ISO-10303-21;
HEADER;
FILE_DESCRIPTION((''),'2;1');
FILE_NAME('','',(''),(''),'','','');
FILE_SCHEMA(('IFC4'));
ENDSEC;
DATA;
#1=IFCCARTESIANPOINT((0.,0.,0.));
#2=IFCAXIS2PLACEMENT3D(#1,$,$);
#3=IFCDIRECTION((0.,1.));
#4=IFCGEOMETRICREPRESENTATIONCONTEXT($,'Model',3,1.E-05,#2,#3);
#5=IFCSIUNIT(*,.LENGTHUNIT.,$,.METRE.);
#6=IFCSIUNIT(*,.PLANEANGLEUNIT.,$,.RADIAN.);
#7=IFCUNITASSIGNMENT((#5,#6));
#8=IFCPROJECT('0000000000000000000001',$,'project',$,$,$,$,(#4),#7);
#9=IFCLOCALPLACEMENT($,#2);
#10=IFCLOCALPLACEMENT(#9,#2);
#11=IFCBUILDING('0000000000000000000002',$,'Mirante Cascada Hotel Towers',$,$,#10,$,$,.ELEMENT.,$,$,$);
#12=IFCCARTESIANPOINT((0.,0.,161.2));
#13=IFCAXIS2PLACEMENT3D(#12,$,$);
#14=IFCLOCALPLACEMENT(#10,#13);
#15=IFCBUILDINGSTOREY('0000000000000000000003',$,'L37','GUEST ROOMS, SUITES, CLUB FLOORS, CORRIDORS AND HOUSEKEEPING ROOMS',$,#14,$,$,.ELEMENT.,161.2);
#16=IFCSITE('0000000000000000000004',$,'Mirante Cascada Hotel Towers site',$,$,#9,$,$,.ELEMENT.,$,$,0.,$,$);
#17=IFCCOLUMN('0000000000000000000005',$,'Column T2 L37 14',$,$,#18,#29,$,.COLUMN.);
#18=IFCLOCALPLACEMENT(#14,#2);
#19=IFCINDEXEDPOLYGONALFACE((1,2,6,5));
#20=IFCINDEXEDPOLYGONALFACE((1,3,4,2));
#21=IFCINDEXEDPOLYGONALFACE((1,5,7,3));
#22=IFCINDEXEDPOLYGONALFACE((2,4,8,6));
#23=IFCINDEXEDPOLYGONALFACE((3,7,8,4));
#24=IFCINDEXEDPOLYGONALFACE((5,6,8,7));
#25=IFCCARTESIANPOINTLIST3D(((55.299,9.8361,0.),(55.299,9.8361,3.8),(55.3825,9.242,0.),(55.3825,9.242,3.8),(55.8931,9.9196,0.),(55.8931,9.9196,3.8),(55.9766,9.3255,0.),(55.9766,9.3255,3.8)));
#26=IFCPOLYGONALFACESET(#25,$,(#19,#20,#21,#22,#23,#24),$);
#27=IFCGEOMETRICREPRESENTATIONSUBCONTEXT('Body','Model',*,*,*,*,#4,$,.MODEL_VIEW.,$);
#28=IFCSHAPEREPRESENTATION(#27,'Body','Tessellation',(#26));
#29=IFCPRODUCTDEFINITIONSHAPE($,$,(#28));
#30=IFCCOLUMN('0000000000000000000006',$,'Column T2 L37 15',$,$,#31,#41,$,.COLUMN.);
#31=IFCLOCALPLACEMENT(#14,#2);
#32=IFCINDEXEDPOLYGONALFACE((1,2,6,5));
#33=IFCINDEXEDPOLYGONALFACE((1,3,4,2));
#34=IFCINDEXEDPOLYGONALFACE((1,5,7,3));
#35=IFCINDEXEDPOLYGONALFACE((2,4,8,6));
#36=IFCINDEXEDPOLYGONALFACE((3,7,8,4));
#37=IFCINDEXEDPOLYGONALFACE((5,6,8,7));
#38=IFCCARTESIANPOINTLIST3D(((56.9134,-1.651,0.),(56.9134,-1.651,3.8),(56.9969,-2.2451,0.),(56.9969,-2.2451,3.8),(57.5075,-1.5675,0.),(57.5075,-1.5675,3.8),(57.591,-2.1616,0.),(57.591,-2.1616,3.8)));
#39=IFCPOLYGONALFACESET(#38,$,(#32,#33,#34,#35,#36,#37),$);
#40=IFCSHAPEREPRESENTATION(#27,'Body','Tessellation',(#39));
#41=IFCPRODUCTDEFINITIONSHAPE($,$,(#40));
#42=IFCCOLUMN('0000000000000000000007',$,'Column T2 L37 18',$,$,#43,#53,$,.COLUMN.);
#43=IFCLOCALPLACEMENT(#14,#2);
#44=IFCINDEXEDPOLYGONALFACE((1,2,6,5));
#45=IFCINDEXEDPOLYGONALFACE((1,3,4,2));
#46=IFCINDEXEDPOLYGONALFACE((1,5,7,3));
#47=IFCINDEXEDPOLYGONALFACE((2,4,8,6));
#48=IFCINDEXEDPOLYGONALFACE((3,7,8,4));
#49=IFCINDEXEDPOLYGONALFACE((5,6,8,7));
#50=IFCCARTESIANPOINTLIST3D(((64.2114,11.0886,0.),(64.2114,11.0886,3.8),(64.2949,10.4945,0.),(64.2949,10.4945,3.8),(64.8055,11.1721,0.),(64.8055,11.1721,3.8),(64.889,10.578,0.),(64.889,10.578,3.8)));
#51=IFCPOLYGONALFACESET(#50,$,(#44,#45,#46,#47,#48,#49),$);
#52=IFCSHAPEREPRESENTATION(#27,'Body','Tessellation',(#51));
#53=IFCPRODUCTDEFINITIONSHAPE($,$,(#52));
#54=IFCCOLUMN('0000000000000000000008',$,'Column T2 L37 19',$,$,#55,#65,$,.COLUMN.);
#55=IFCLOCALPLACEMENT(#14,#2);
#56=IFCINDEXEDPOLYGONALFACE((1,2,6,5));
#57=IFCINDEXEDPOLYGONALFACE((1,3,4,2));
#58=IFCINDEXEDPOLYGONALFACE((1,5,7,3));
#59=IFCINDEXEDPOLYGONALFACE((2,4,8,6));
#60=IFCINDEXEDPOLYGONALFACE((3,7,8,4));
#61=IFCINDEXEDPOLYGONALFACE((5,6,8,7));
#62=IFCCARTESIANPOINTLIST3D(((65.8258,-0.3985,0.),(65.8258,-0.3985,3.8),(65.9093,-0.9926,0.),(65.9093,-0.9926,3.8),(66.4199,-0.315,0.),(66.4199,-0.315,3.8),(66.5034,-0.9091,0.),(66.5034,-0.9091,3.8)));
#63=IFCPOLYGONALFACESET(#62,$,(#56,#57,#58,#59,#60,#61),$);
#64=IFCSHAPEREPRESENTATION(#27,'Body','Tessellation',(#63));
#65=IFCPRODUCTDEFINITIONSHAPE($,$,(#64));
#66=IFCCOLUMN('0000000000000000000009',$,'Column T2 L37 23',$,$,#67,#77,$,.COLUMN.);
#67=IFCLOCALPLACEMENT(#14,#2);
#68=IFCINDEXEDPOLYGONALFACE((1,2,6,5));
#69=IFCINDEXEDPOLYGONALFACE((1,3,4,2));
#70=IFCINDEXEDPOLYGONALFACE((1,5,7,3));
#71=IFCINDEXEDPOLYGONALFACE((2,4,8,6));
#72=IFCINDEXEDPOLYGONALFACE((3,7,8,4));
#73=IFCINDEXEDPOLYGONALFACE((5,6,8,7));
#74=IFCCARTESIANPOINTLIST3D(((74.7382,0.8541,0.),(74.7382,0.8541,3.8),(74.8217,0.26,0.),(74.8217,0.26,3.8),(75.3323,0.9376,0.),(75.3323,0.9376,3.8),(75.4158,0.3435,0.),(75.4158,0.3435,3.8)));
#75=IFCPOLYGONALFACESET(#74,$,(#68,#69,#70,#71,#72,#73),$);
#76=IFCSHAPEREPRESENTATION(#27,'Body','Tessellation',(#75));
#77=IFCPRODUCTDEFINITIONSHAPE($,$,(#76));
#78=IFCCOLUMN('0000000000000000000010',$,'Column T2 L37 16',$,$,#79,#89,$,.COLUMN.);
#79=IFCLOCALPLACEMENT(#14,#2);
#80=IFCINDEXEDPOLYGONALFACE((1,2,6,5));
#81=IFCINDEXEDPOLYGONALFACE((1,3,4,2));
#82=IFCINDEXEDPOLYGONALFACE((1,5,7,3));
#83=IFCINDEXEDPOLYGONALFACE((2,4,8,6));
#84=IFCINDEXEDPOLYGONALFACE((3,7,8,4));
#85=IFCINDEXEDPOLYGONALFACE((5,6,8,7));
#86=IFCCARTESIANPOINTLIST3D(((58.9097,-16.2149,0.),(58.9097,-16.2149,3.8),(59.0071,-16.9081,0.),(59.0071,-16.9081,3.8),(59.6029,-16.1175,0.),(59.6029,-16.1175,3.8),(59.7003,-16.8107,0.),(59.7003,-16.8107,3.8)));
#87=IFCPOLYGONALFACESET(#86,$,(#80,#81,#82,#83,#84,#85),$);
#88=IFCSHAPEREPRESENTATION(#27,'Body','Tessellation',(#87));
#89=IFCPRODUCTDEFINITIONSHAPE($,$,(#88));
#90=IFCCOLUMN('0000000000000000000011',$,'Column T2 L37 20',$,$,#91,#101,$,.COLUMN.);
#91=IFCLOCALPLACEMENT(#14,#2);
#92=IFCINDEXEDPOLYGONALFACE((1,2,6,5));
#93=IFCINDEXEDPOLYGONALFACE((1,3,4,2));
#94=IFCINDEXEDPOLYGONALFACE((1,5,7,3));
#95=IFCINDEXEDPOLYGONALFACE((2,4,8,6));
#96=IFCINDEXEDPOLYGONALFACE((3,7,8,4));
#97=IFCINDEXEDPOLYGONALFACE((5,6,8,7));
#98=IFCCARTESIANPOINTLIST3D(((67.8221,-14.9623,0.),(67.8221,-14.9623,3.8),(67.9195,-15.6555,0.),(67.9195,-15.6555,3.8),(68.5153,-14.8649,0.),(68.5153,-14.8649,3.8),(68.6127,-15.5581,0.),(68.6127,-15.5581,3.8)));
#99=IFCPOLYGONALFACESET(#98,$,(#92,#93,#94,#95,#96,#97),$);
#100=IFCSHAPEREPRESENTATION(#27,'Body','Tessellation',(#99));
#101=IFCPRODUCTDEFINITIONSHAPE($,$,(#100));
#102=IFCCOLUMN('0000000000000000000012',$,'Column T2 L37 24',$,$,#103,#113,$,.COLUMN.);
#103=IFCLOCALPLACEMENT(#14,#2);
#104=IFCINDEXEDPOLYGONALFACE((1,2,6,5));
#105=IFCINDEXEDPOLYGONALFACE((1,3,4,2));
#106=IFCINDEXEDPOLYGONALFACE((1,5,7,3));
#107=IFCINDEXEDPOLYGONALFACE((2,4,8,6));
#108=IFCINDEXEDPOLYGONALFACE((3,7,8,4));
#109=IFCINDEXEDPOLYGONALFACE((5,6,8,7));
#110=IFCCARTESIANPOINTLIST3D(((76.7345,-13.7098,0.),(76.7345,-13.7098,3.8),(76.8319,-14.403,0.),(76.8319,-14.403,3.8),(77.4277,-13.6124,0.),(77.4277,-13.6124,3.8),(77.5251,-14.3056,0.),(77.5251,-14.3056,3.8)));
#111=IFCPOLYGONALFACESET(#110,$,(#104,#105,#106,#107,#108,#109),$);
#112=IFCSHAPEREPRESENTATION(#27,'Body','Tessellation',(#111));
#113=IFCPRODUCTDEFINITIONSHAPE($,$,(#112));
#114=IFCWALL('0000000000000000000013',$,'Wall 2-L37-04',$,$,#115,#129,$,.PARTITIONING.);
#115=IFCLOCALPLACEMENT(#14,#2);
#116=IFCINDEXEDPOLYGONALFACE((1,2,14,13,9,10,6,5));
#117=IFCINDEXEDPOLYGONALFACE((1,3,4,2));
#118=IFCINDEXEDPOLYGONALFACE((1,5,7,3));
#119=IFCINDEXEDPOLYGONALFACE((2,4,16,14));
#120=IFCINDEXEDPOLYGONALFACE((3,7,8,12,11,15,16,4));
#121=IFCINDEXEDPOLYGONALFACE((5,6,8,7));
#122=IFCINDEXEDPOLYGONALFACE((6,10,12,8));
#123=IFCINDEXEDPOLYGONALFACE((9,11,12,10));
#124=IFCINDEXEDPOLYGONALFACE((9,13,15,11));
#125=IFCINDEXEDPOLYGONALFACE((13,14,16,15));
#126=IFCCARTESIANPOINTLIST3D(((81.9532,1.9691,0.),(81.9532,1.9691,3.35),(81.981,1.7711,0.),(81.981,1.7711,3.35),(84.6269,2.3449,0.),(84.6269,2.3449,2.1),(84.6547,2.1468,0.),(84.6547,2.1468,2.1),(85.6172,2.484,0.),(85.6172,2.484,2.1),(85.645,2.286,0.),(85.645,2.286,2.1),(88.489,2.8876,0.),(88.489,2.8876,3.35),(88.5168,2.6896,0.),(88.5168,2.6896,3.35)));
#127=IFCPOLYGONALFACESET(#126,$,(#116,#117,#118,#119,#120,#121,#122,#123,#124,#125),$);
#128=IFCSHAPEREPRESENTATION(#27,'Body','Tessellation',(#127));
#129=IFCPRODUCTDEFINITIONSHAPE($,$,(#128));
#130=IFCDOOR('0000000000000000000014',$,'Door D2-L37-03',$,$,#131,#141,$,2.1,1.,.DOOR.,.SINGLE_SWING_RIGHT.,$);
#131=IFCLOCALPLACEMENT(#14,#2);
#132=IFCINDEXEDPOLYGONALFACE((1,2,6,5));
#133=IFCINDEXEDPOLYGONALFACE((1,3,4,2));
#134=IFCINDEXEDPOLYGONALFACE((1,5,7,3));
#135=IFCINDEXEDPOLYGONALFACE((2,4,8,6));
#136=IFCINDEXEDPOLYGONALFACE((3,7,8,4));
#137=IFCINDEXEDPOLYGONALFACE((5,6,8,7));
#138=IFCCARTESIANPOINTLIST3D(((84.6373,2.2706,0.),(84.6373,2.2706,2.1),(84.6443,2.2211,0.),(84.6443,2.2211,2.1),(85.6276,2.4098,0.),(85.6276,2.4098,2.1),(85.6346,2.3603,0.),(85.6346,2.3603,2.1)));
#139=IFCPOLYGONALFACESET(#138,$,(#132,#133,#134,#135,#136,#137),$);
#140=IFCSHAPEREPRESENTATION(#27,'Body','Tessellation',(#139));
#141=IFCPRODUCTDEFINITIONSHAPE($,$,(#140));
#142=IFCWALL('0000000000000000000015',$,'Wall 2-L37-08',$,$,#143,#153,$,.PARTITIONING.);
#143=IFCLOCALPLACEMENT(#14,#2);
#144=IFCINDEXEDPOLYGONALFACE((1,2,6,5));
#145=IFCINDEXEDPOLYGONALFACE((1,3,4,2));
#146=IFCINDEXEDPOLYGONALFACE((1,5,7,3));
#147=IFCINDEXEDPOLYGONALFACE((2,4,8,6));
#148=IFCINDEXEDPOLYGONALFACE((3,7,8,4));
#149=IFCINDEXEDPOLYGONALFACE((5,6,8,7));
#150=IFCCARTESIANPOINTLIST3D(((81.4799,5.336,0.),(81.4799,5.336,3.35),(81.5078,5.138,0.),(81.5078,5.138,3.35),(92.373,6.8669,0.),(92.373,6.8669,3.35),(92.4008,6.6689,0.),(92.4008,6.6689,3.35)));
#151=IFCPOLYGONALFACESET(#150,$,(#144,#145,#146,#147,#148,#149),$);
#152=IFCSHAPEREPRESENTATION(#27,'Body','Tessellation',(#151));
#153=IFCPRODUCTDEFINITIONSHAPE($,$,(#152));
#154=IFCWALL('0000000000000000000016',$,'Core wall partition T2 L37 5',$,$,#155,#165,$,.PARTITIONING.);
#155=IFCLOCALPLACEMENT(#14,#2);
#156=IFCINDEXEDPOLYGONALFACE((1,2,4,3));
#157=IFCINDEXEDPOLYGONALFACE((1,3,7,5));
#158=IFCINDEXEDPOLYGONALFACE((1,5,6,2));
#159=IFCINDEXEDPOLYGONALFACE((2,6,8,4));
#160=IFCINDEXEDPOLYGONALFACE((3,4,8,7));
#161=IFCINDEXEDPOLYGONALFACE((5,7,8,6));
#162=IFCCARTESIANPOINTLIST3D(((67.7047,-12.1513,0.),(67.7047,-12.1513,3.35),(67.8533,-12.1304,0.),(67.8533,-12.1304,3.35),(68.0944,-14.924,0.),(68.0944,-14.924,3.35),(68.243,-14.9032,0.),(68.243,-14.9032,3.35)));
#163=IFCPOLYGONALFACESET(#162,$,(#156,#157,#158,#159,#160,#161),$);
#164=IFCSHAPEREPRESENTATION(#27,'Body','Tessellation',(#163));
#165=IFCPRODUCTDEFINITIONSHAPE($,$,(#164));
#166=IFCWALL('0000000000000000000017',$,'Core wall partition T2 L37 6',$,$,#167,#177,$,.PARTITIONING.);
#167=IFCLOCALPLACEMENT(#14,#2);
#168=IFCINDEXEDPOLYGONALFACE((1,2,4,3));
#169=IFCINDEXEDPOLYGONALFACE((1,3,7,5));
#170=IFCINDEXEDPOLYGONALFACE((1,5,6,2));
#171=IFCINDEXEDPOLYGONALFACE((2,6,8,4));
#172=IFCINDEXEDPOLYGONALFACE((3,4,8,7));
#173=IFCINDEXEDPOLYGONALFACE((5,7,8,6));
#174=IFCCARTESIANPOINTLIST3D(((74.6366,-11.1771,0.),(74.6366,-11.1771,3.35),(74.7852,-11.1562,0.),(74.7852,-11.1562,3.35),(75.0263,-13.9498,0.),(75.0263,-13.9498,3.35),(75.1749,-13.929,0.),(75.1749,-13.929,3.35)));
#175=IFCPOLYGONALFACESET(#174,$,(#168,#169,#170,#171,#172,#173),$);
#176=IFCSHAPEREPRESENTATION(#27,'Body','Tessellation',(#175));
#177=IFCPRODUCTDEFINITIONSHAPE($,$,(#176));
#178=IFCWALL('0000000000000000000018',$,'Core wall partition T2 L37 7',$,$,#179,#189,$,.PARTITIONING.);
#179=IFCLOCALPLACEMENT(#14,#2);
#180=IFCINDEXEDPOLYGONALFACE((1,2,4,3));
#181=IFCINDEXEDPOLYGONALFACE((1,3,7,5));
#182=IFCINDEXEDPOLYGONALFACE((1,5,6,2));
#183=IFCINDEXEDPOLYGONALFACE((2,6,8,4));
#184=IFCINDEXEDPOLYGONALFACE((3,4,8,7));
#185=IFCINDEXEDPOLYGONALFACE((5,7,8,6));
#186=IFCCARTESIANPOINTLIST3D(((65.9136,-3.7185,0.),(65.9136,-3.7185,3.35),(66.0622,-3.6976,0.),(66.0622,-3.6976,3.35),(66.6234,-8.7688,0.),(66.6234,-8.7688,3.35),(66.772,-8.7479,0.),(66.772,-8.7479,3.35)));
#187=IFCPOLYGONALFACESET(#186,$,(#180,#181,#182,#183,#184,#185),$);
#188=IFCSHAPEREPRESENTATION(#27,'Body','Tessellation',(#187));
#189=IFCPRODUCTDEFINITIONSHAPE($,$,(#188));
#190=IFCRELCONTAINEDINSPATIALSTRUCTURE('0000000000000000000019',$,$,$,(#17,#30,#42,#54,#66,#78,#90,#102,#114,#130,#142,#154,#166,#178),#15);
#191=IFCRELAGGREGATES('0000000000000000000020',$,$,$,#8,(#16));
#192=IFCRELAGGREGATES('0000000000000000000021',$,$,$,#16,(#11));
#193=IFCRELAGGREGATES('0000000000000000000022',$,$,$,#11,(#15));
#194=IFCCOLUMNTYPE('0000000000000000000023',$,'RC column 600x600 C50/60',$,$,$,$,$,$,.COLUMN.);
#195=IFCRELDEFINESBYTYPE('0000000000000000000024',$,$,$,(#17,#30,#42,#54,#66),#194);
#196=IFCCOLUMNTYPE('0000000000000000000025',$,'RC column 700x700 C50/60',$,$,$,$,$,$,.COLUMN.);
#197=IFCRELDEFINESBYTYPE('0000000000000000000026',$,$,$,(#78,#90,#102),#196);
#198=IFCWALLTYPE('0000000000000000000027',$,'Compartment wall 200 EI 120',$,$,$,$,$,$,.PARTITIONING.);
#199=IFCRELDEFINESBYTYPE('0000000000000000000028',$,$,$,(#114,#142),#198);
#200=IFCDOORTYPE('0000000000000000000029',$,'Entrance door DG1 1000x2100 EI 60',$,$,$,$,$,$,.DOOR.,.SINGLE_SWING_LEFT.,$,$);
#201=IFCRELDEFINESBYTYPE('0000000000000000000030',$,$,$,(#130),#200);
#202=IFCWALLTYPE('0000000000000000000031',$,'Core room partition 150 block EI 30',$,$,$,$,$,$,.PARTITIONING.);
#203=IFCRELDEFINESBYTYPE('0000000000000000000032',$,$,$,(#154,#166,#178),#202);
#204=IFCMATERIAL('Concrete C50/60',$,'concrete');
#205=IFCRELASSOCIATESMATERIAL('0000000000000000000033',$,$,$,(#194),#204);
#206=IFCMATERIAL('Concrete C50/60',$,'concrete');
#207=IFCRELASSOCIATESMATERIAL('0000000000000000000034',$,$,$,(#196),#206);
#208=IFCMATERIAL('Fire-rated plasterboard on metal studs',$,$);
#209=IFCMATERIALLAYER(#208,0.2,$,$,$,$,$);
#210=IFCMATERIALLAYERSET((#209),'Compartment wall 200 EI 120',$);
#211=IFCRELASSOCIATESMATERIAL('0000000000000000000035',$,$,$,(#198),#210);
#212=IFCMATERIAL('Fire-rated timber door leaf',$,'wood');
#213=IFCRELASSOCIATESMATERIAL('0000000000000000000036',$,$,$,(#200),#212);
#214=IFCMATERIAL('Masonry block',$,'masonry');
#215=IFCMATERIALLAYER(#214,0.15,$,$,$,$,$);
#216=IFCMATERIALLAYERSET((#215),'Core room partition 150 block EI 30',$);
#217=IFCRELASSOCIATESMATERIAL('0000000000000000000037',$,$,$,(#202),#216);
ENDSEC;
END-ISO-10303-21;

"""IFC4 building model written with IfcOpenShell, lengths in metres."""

from ifc_helpers import new_model, si_unit, direction, frame, frame_2d, origin, origin_2d, place, context, subcontext, project, spatial, rectangle, extrude, material, layer, layer_set, material_profile, profile_set, type_object, element, fill, save


model = new_model("IFC4")

# Units and contexts
model_context = context("Model", 3, precision=1e-05, world=origin(), true_north=direction((0.0, 1.0)))
body_context = subcontext(model_context, "Body", "Model", "MODEL_VIEW")
ifc_project = project(units=[si_unit("LENGTHUNIT", "METRE"), si_unit("PLANEANGLEUNIT", "RADIAN")], contexts=[model_context])

# Site, building, storey
site_placement = place(None, origin())
site = spatial("IfcSite", under=ifc_project, at=site_placement, Name="Mirante Cascada Hotel Towers site", CompositionType="ELEMENT", RefElevation=0.0)
building_placement = place(site_placement, origin())
building = spatial("IfcBuilding", under=site, at=building_placement, Name="Mirante Cascada Hotel Towers", CompositionType="ELEMENT")
storey_placement = place(building_placement, frame((0.0, 0.0, 161.2)))
storey = spatial("IfcBuildingStorey", under=building, at=storey_placement, Name="L37", Description="GUEST ROOMS, SUITES, CLUB FLOORS, CORRIDORS AND HOUSEKEEPING ROOMS", CompositionType="ELEMENT", Elevation=161.2)

# Columns
ifc_material_1 = material(Name="Concrete C50/60", Category="concrete")
ifc_material_profile_1 = material_profile(ifc_material_1, rectangle(XDim=0.6, YDim=0.6, at=origin_2d()), Name="RC column 600x600 C50/60")
ifc_profile_set_1 = profile_set([ifc_material_profile_1], Name="Concrete C50/60")
column_type_1 = type_object("IfcColumnType", Name="RC column 600x600 C50/60", PredefinedType="COLUMN", material=ifc_profile_set_1)
for number, where, z_axis, x_axis, name in (
    (1, (55.6378, 9.5808, 0.0), (0.0, 0.0, 1.0), (0.990268, 0.139173, 0.0), "Column T2 L37 14"),
    (2, (57.2522, -1.9063, 0.0), (0.0, 0.0, 1.0), (0.990268, 0.139173, 0.0), "Column T2 L37 15"),
    (3, (64.5502, 10.8333, 0.0), (0.0, 0.0, 1.0), (0.990268, 0.139173, 0.0), "Column T2 L37 18"),
    (4, (66.1646, -0.6538, 0.0), (0.0, 0.0, 1.0), (0.990268, 0.139173, 0.0), "Column T2 L37 19"),
    (5, (75.077, 0.5988, 0.0), (0.0, 0.0, 1.0), (0.990268, 0.139173, 0.0), "Column T2 L37 23"),
):
    element("IfcColumn", number, at=place(storey_placement, frame(where, z_axis=z_axis, x_axis=x_axis)), inside=storey, type_object=column_type_1, Name=name, PredefinedType="COLUMN", context=body_context, shape_type="SweptSolid", body=[
        extrude(rectangle(XDim=0.6, YDim=0.6, at=origin_2d()), origin(), (0.0, 0.0, 1.0), 3.8),
    ])
ifc_material_2 = material(Name="Concrete C50/60", Category="concrete")
ifc_material_profile_2 = material_profile(ifc_material_2, rectangle(XDim=0.7, YDim=0.7, at=origin_2d()), Name="RC column 700x700 C50/60")
ifc_profile_set_2 = profile_set([ifc_material_profile_2], Name="Concrete C50/60")
column_type_2 = type_object("IfcColumnType", Name="RC column 700x700 C50/60", PredefinedType="COLUMN", material=ifc_profile_set_2)
for number, where, z_axis, x_axis, name in (
    (6, (59.305, -16.5128, 0.0), (0.0, 0.0, 1.0), (0.990268, 0.139173, 0.0), "Column T2 L37 16"),
    (7, (68.2174, -15.2602, 0.0), (0.0, 0.0, 1.0), (0.990268, 0.139173, 0.0), "Column T2 L37 20"),
    (8, (77.1298, -14.0077, 0.0), (0.0, 0.0, 1.0), (0.990268, 0.139173, 0.0), "Column T2 L37 24"),
):
    element("IfcColumn", number, at=place(storey_placement, frame(where, z_axis=z_axis, x_axis=x_axis)), inside=storey, type_object=column_type_2, Name=name, PredefinedType="COLUMN", context=body_context, shape_type="SweptSolid", body=[
        extrude(rectangle(XDim=0.7, YDim=0.7, at=origin_2d()), origin(), (0.0, 0.0, 1.0), 3.8),
    ])

# Wall, opening, door
ifc_material_3 = material(Name="Fire-rated plasterboard on metal studs")
ifc_layer_1 = layer(ifc_material_3, 0.2)
ifc_layer_set_1 = layer_set([ifc_layer_1], Name="Compartment wall 200 EI 120")
wall_type_1 = type_object("IfcWallType", Name="Compartment wall 200 EI 120", PredefinedType="PARTITIONING", material=ifc_layer_set_1)
wall_1_placement = place(storey_placement, frame((81.9671, 1.8701, 0.0), z_axis=(0.0, 0.0, 1.0), x_axis=(0.990269, 0.139166, 0.0)))
wall_1 = element("IfcWall", 9, at=wall_1_placement, inside=storey, type_object=wall_type_1, Name="Wall 2-L37-04", PredefinedType="PARTITIONING", context=body_context, shape_type="SweptSolid", body=[
    extrude(rectangle(XDim=6.6, YDim=0.2, at=frame_2d((3.3, 0.0))), origin(), (0.0, 0.0, 1.0), 3.35),
])
opening_1_placement = place(wall_1_placement, frame((2.7, 0.0, 0.0)))
opening_1 = element("IfcOpeningElement", 10, at=opening_1_placement, cuts=wall_1, PredefinedType="OPENING", context=body_context, shape_type="SweptSolid", body=[
    extrude(rectangle(XDim=1.0, YDim=2.1, at=frame_2d((0.5, 1.05))), frame((0.0, 0.1, 0.0), z_axis=(0.0, -1.0, 0.0), x_axis=(1.0, 0.0, 0.0)), (0.0, 0.0, 1.0), 0.2),
])
ifc_material_4 = material(Name="Fire-rated timber door leaf", Category="wood")
door_type_1 = type_object("IfcDoorType", Name="Entrance door DG1 1000x2100 EI 60", OperationType="SINGLE_SWING_LEFT", PredefinedType="DOOR", material=ifc_material_4)
door_1_placement = place(opening_1_placement, frame((1.0, 0.0, 0.0), z_axis=(0.0, 0.0, 1.0), x_axis=(-1.0, 0.0, 0.0)))
door_1 = element("IfcDoor", 11, at=door_1_placement, inside=storey, type_object=door_type_1, Name="Door D2-L37-03", OperationType="SINGLE_SWING_RIGHT", OverallHeight=2.1, OverallWidth=1.0, PredefinedType="DOOR", context=body_context, shape_type="SweptSolid", body=[
    extrude(rectangle(XDim=1.0, YDim=2.1, at=frame_2d((0.5, 1.05))), frame((0.0, 0.025, 0.0), z_axis=(0.0, -1.0, 0.0), x_axis=(1.0, 0.0, 0.0)), (0.0, 0.0, 1.0), 0.05),
])
fill(opening_1, door_1)

# Walls
wall_2_placement = place(storey_placement, frame((81.4939, 5.237, 0.0), z_axis=(0.0, 0.0, 1.0), x_axis=(0.990268, 0.139172, 0.0)))
element("IfcWall", 12, at=wall_2_placement, inside=storey, type_object=wall_type_1, Name="Wall 2-L37-08", PredefinedType="PARTITIONING", context=body_context, shape_type="SweptSolid", body=[
    extrude(rectangle(XDim=11.0001, YDim=0.2, at=frame_2d((5.5, 0.0))), origin(), (0.0, 0.0, 1.0), 3.35),
])
ifc_material_5 = material(Name="Masonry block", Category="masonry")
ifc_layer_2 = layer(ifc_material_5, 0.15)
ifc_layer_set_2 = layer_set([ifc_layer_2], Name="Core room partition 150 block EI 30")
wall_type_2 = type_object("IfcWallType", Name="Core room partition 150 block EI 30", PredefinedType="PARTITIONING", material=ifc_layer_set_2)
for number, where, z_axis, x_axis, name in (
    (13, (68.1687, -14.9136, 0.0), (0.0, 0.0, 1.0), (-0.139181, 0.990267, 0.0), "Core wall partition T2 L37 5"),
    (14, (75.1006, -13.9394, 0.0), (0.0, 0.0, 1.0), (-0.139181, 0.990267, 0.0), "Core wall partition T2 L37 6"),
):
    element("IfcWall", number, at=place(storey_placement, frame(where, z_axis=z_axis, x_axis=x_axis)), inside=storey, type_object=wall_type_2, Name=name, PredefinedType="PARTITIONING", context=body_context, shape_type="SweptSolid", body=[
        extrude(rectangle(XDim=2.8, YDim=0.15, at=frame_2d((1.4, 0.0))), origin(), (0.0, 0.0, 1.0), 3.35),
    ])
wall_3_placement = place(storey_placement, frame((66.6977, -8.7584, 0.0), z_axis=(0.0, 0.0, 1.0), x_axis=(-0.139178, 0.990267, 0.0)))
element("IfcWall", 15, at=wall_3_placement, inside=storey, type_object=wall_type_2, Name="Core wall partition T2 L37 7", PredefinedType="PARTITIONING", context=body_context, shape_type="SweptSolid", body=[
    extrude(rectangle(XDim=5.0999, YDim=0.15, at=frame_2d((2.55, 0.0))), origin(), (0.0, 0.0, 1.0), 3.35),
])

save(model, "model.ifc")
